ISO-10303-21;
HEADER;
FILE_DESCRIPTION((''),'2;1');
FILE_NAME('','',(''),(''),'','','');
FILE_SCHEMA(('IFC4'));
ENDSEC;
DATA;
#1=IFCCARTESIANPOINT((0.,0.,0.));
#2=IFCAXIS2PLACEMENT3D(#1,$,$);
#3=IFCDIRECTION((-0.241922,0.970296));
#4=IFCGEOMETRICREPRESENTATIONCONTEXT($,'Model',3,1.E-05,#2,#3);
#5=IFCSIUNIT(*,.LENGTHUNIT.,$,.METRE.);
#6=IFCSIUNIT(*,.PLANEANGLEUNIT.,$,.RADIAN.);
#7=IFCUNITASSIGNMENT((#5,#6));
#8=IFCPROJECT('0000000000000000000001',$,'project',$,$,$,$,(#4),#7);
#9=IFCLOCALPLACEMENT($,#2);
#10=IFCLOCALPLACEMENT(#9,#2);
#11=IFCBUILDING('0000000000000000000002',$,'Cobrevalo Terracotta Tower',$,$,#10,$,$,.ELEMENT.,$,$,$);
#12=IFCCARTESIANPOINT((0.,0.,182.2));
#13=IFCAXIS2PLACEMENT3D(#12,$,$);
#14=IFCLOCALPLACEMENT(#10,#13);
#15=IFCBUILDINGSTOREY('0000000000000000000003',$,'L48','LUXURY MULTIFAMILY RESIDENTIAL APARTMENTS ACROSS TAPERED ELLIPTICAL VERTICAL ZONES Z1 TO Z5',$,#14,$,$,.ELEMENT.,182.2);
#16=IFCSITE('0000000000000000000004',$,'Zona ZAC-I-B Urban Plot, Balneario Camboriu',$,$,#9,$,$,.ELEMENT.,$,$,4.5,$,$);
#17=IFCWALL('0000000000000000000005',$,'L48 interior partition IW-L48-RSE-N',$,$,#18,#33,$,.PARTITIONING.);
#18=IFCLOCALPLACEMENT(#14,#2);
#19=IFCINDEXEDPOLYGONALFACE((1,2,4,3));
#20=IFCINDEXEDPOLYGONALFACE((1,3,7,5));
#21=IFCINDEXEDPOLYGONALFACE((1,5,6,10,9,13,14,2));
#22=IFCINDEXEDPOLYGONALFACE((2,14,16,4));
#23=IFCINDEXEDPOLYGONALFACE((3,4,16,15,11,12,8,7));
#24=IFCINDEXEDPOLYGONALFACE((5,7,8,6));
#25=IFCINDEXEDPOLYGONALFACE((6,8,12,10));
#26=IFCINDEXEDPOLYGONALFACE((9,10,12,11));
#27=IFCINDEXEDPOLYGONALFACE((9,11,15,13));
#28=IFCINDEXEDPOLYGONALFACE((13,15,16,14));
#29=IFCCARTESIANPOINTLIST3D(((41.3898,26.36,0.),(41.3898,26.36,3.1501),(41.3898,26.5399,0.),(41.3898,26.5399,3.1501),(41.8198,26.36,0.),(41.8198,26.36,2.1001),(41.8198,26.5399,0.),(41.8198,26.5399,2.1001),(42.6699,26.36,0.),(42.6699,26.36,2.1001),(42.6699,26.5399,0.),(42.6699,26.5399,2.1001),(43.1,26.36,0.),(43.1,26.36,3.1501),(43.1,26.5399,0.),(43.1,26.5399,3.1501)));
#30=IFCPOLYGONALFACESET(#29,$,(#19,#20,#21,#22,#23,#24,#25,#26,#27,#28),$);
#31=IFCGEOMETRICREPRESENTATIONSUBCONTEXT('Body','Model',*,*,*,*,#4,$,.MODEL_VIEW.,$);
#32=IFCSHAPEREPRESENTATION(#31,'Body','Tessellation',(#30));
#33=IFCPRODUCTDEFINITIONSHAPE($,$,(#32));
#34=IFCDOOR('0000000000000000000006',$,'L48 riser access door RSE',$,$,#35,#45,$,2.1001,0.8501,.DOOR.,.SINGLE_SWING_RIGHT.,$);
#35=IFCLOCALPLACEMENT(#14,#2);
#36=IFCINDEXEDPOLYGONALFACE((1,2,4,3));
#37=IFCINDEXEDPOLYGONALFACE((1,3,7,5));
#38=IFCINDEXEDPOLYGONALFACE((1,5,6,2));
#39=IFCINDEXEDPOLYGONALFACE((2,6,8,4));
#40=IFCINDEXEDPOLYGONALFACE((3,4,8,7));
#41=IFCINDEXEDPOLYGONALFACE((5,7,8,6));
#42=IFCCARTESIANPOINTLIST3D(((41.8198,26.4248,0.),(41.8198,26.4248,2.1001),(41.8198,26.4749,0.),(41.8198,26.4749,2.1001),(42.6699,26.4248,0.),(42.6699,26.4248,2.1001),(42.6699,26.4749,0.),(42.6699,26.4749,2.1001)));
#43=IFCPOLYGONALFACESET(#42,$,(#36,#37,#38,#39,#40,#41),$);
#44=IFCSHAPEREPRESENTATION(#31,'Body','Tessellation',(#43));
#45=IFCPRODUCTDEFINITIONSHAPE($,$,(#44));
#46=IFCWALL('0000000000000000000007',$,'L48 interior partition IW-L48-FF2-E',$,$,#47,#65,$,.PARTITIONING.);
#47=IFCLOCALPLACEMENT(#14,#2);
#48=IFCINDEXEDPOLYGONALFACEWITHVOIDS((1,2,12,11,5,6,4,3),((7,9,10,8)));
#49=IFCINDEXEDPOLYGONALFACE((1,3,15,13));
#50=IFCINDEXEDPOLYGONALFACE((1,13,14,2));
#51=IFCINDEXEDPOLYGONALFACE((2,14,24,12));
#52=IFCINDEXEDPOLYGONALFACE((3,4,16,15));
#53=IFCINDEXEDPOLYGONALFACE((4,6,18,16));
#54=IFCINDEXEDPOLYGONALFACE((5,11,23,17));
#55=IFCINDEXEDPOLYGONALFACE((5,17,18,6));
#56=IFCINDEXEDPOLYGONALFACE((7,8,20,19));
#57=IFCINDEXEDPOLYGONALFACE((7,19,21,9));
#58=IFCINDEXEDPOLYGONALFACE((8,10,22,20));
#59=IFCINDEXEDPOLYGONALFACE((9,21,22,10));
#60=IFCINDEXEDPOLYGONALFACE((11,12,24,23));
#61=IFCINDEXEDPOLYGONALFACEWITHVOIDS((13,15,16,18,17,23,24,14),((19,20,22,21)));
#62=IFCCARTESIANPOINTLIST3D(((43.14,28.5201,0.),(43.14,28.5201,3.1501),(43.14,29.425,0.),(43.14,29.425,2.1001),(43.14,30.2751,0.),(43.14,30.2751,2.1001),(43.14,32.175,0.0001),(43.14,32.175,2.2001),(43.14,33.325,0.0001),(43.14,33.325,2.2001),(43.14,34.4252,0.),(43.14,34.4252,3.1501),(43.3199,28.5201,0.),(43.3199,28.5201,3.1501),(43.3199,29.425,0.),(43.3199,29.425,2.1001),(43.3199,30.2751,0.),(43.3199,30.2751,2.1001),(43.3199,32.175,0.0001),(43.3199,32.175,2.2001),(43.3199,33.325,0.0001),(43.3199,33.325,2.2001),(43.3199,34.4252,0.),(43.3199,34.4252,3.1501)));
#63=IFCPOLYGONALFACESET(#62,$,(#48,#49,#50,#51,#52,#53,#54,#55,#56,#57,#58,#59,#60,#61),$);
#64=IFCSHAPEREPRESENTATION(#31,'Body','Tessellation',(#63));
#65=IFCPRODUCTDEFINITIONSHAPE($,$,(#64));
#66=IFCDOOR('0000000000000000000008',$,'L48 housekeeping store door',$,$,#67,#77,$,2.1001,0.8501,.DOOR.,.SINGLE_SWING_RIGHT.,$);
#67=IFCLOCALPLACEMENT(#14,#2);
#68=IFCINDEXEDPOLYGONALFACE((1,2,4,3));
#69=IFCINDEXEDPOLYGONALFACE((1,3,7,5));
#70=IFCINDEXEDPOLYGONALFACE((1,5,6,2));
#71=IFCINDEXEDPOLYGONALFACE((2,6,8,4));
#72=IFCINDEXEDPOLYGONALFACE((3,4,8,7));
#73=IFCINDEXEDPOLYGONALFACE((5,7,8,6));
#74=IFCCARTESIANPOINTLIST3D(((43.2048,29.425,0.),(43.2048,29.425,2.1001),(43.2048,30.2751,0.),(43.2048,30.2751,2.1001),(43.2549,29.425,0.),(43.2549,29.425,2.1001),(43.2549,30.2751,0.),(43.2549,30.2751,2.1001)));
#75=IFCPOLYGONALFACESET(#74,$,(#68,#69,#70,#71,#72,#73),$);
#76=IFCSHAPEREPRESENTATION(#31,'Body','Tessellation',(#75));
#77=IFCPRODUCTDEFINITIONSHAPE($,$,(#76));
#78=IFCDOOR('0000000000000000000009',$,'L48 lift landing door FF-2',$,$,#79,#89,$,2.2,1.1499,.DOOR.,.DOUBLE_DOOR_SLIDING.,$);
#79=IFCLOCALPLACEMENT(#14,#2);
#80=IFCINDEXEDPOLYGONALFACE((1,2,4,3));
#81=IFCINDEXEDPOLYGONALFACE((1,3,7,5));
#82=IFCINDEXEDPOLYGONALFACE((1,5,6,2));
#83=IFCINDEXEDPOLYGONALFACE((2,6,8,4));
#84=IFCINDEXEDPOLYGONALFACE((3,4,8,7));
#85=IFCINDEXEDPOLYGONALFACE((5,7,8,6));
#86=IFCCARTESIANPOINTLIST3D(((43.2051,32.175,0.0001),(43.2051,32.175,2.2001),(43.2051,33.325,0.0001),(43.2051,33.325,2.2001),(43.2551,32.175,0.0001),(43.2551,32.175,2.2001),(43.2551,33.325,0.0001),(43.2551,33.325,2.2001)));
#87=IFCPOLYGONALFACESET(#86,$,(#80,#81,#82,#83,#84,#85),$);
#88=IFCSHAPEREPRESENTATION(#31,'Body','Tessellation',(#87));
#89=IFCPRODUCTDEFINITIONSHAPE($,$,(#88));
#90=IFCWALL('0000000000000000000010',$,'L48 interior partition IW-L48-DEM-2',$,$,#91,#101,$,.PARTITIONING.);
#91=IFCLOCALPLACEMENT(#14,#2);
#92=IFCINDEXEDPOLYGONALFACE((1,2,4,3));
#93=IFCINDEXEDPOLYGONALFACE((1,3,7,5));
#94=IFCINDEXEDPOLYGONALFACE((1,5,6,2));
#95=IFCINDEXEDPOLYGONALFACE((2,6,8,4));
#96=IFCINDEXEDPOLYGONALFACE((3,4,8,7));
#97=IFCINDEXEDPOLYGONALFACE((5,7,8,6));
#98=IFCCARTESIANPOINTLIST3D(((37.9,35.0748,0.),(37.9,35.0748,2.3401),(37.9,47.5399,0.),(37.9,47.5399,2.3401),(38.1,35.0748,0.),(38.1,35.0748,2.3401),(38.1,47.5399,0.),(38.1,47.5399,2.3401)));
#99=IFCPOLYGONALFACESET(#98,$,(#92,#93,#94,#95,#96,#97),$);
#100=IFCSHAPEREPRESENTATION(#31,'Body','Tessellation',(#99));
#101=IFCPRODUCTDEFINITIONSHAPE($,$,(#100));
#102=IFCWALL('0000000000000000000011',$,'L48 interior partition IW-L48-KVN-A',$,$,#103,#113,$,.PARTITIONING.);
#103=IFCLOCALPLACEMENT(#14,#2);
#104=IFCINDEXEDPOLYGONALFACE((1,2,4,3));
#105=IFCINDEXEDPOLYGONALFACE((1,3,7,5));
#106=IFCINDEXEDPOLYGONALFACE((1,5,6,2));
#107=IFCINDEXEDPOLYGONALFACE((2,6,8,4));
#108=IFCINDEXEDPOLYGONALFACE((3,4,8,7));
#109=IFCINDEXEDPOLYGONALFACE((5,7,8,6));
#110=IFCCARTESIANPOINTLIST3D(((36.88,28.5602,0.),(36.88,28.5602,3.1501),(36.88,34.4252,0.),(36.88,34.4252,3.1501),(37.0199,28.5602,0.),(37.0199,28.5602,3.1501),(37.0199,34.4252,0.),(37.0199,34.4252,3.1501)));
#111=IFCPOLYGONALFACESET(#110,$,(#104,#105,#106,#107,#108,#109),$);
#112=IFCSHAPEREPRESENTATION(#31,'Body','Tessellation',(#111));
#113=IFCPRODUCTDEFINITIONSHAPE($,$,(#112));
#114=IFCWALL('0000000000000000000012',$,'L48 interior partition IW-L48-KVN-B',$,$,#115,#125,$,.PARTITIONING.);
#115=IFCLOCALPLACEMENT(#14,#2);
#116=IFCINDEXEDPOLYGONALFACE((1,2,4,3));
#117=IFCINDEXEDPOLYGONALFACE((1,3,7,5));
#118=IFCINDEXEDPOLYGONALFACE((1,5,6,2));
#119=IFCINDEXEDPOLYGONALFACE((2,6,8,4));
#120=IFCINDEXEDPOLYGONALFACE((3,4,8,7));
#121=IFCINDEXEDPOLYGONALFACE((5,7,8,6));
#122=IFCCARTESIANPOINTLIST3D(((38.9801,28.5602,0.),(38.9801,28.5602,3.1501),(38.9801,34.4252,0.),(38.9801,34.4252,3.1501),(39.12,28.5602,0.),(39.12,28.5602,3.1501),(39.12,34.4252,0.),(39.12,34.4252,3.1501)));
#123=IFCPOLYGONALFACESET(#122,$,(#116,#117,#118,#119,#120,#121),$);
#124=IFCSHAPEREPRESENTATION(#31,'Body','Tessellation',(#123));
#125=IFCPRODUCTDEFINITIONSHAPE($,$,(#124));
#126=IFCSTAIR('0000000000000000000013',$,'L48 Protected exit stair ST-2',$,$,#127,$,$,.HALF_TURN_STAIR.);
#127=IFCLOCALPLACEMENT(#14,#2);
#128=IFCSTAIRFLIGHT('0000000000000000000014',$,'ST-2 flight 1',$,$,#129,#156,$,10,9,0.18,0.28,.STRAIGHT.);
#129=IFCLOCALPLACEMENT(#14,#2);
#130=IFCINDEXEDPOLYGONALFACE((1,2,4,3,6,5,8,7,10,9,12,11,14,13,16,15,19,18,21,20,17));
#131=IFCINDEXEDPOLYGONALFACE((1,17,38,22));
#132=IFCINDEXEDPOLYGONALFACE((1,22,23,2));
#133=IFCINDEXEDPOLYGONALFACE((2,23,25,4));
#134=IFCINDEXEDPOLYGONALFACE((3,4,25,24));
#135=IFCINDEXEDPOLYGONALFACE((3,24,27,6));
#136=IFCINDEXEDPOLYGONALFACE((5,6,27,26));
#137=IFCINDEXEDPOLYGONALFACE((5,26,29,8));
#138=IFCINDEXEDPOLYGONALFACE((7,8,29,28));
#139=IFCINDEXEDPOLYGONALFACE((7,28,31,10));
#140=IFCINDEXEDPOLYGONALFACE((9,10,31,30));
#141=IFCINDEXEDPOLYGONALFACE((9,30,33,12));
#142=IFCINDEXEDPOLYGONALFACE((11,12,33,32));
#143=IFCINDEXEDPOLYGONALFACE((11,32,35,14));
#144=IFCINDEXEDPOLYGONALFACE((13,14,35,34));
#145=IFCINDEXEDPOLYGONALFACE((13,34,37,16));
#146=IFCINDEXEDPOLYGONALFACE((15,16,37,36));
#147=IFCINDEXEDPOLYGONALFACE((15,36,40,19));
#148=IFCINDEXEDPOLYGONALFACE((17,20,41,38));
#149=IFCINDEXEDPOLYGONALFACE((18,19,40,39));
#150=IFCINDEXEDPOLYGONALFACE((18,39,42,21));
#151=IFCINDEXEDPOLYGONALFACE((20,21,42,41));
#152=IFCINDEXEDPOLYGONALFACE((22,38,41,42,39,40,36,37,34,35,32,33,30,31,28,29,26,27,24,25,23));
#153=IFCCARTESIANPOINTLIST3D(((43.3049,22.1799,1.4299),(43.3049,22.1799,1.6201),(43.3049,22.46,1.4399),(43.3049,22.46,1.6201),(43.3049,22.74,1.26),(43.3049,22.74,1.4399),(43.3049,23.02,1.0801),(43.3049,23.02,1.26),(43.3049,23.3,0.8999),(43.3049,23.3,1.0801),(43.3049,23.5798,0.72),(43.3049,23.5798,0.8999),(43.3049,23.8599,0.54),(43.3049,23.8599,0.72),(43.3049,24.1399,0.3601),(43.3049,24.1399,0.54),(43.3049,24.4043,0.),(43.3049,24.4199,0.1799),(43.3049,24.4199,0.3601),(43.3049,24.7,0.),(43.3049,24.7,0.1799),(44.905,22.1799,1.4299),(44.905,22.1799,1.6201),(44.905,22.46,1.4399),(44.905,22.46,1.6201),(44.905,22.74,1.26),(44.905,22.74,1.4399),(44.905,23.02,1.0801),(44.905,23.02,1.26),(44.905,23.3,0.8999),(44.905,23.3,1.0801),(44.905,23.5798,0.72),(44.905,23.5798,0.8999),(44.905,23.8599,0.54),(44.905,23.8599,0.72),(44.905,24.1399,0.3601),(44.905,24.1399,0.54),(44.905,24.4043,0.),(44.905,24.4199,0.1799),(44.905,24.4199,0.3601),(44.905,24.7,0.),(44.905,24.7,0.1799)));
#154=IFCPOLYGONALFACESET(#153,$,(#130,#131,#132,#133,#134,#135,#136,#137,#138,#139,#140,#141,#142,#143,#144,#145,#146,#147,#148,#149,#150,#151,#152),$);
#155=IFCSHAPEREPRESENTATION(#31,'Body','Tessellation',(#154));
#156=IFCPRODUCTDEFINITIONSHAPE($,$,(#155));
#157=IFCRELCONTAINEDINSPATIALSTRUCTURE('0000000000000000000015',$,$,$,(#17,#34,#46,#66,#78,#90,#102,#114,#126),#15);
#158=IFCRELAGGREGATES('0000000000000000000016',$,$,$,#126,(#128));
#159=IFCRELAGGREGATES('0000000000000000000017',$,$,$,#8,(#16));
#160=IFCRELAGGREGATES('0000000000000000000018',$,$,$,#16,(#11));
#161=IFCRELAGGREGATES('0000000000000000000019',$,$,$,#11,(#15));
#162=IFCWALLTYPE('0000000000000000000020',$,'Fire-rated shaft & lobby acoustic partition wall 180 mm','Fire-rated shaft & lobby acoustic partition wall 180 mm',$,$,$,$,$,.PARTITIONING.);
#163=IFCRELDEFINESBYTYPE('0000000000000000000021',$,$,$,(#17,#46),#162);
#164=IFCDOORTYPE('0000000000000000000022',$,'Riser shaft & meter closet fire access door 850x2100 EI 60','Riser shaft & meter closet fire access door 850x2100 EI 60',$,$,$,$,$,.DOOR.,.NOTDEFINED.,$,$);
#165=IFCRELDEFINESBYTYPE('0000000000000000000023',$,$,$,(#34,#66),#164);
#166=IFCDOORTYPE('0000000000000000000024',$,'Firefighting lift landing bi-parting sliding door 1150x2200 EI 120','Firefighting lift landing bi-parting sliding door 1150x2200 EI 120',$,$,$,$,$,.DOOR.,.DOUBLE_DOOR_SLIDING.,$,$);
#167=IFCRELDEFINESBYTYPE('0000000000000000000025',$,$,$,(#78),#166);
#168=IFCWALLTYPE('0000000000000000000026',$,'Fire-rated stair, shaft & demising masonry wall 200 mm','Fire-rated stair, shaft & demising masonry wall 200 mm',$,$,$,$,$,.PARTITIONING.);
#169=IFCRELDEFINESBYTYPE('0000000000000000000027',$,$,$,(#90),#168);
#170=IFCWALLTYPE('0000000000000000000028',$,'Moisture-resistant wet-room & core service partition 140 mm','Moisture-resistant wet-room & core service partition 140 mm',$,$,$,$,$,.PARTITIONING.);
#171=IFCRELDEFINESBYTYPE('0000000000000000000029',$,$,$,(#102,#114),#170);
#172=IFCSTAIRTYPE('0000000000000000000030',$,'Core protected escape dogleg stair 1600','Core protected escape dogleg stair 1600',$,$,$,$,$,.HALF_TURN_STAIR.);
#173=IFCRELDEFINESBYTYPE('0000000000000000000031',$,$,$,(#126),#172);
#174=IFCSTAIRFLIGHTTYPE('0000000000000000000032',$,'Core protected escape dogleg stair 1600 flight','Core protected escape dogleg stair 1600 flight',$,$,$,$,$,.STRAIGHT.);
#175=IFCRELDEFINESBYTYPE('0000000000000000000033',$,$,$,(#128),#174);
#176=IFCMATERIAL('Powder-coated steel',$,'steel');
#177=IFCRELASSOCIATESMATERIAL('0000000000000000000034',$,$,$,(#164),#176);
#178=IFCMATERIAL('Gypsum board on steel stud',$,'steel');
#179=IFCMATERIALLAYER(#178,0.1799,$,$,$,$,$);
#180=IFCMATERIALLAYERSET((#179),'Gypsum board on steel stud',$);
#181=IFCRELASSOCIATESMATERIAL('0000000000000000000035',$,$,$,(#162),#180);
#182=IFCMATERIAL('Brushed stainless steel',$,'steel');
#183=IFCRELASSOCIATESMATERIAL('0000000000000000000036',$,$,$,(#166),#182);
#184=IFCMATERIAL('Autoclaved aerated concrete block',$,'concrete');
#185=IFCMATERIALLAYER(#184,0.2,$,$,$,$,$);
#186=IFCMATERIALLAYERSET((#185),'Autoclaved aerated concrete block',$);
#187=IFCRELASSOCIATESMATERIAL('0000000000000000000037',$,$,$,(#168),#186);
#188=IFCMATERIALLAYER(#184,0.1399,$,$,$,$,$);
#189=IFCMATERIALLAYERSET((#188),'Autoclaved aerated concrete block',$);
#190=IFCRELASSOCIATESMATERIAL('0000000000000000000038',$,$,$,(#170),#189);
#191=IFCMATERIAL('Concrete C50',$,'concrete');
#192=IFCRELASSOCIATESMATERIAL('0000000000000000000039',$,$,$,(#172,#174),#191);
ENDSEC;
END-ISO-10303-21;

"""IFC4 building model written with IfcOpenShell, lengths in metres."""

from ifc_helpers import new_model, si_unit, direction, frame, frame_2d, origin, place, context, subcontext, project, spatial, polyline, rectangle, outline, extrude, source, transform, mapped, material, layer, layer_set, type_object, element, fill, aggregate, save


model = new_model("IFC4")

# Units and contexts
model_context = context("Model", 3, precision=1e-05, world=origin(), true_north=direction((-0.241922, 0.970296)))
body_context = subcontext(model_context, "Body", "Model", "MODEL_VIEW")
ifc_project = project(units=[si_unit("LENGTHUNIT", "METRE"), si_unit("PLANEANGLEUNIT", "RADIAN")], contexts=[model_context])

# Site, building, storey
site_placement = place(None, origin())
site = spatial("IfcSite", under=ifc_project, at=site_placement, Name="Zona ZAC-I-B Urban Plot, Balneario Camboriu", CompositionType="ELEMENT", RefElevation=4.5)
building_placement = place(site_placement, origin())
building = spatial("IfcBuilding", under=site, at=building_placement, Name="Cobrevalo Terracotta Tower", CompositionType="ELEMENT")
storey_placement = place(building_placement, frame((0.0, 0.0, 182.2)))
storey = spatial("IfcBuildingStorey", under=building, at=storey_placement, Name="L48", Description="LUXURY MULTIFAMILY RESIDENTIAL APARTMENTS ACROSS TAPERED ELLIPTICAL VERTICAL ZONES Z1 TO Z5", CompositionType="ELEMENT", Elevation=182.2)

# Shared definitions
ifc_material_1 = material(Name="Gypsum board on steel stud", Category="steel")

# Shared definitions
ifc_material_2 = material(Name="Powder-coated steel", Category="steel")
door_type_1 = type_object("IfcDoorType", Name="Riser shaft & meter closet fire access door 850x2100 EI 60", Description="Riser shaft & meter closet fire access door 850x2100 EI 60", OperationType="NOTDEFINED", PredefinedType="DOOR", material=ifc_material_2)
shared_shape_1 = source(origin(), body_context, "Body", "SweptSolid", [
    extrude(rectangle(XDim=0.8501, YDim=2.1001, at=frame_2d((0.425, 1.05))), frame((0.0, 0.0249, 0.0), z_axis=(0.0, -1.0, 0.0), x_axis=(1.0, 0.0, 0.0)), (0.0, 0.0, 1.0), 0.05),
])
ifc_material_3 = material(Name="Brushed stainless steel", Category="steel")

# Wall, opening, door
ifc_layer_1 = layer(ifc_material_1, 0.1799)
ifc_layer_set_1 = layer_set([ifc_layer_1], Name="Gypsum board on steel stud")
wall_type_1 = type_object("IfcWallType", Name="Fire-rated shaft & lobby acoustic partition wall 180 mm", Description="Fire-rated shaft & lobby acoustic partition wall 180 mm", PredefinedType="PARTITIONING", material=ifc_layer_set_1)
wall_1_placement = place(storey_placement, frame((41.3899, 26.45, 0.0), z_axis=(0.0, 0.0, 1.0), x_axis=(1.0, 0.0, 0.0)))
wall_1 = element("IfcWall", 1, at=wall_1_placement, inside=storey, type_object=wall_type_1, Name="L48 interior partition IW-L48-RSE-N", PredefinedType="PARTITIONING", context=body_context, shape_type="SweptSolid", body=[
    extrude(rectangle(XDim=1.7102, YDim=0.1799, at=frame_2d((0.855, 0.0))), origin(), (0.0, 0.0, 1.0), 3.1501),
])
opening_1_placement = place(wall_1_placement, frame((0.4299, 0.0, 0.0)))
opening_1 = element("IfcOpeningElement", 2, at=opening_1_placement, cuts=wall_1, PredefinedType="OPENING", context=body_context, shape_type="SweptSolid", body=[
    extrude(rectangle(XDim=0.8501, YDim=2.1001, at=frame_2d((0.425, 1.05))), frame((0.0, 0.1001, 0.0), z_axis=(0.0, -1.0, 0.0), x_axis=(1.0, 0.0, 0.0)), (0.0, 0.0, 1.0), 0.2),
])
door_1_placement = place(opening_1_placement, origin())
door_1 = element("IfcDoor", 3, at=door_1_placement, inside=storey, type_object=door_type_1, Name="L48 riser access door RSE", OperationType="SINGLE_SWING_RIGHT", OverallHeight=2.1001, OverallWidth=0.8501, PredefinedType="DOOR", context=body_context, shape_type="MappedRepresentation", body=[
    mapped(shared_shape_1, transform((0.0, 0.0, 0.0), scale=1.0)),
])
fill(opening_1, door_1)

# Wall, openings, doors
wall_2_placement = place(storey_placement, frame((43.23, 28.52, 0.0), z_axis=(0.0, 0.0, 1.0), x_axis=(0.0, 1.0, 0.0)))
wall_2 = element("IfcWall", 4, at=wall_2_placement, inside=storey, type_object=wall_type_1, Name="L48 interior partition IW-L48-FF2-E", PredefinedType="PARTITIONING", context=body_context, shape_type="SweptSolid", body=[
    extrude(rectangle(XDim=5.905, YDim=0.1799, at=frame_2d((2.9526, 0.0))), origin(), (0.0, 0.0, 1.0), 3.1501),
])
opening_2_placement = place(wall_2_placement, frame((0.905, 0.0, 0.0)))
opening_2 = element("IfcOpeningElement", 5, at=opening_2_placement, cuts=wall_2, PredefinedType="OPENING", context=body_context, shape_type="SweptSolid", body=[
    extrude(rectangle(XDim=0.8501, YDim=2.1001, at=frame_2d((0.425, 1.05))), frame((0.0, 0.1001, 0.0), z_axis=(0.0, -1.0, 0.0), x_axis=(1.0, 0.0, 0.0)), (0.0, 0.0, 1.0), 0.2),
])
opening_3_placement = place(wall_2_placement, frame((3.655, 0.0, 0.0)))
opening_3 = element("IfcOpeningElement", 6, at=opening_3_placement, cuts=wall_2, PredefinedType="OPENING", context=body_context, shape_type="SweptSolid", body=[
    extrude(rectangle(XDim=1.1499, YDim=2.2, at=frame_2d((0.575, 1.1001))), frame((0.0, 0.1001, 0.0), z_axis=(0.0, -1.0, 0.0), x_axis=(1.0, 0.0, 0.0)), (0.0, 0.0, 1.0), 0.2),
])
door_2_placement = place(opening_2_placement, frame((0.8501, 0.0, 0.0), z_axis=(0.0, 0.0, 1.0), x_axis=(-1.0, 0.0, 0.0)))
door_2 = element("IfcDoor", 7, at=door_2_placement, inside=storey, type_object=door_type_1, Name="L48 housekeeping store door", OperationType="SINGLE_SWING_RIGHT", OverallHeight=2.1001, OverallWidth=0.8501, PredefinedType="DOOR", context=body_context, shape_type="MappedRepresentation", body=[
    mapped(shared_shape_1, transform((0.0, 0.0, 0.0), scale=1.0)),
])
fill(opening_2, door_2)
door_type_2 = type_object("IfcDoorType", Name="Firefighting lift landing bi-parting sliding door 1150x2200 EI 120", Description="Firefighting lift landing bi-parting sliding door 1150x2200 EI 120", OperationType="DOUBLE_DOOR_SLIDING", PredefinedType="DOOR", material=ifc_material_3)
shared_shape_2 = source(origin(), body_context, "Body", "SweptSolid", [
    extrude(rectangle(XDim=1.1499, YDim=2.2, at=frame_2d((0.575, 1.1001))), frame((0.0, 0.0249, 0.0), z_axis=(0.0, -1.0, 0.0), x_axis=(1.0, 0.0, 0.0)), (0.0, 0.0, 1.0), 0.05),
])
door_3_placement = place(opening_3_placement, origin())
door_3 = element("IfcDoor", 8, at=door_3_placement, inside=storey, type_object=door_type_2, Name="L48 lift landing door FF-2", OperationType="DOUBLE_DOOR_SLIDING", OverallHeight=2.2, OverallWidth=1.1499, PredefinedType="DOOR", context=body_context, shape_type="MappedRepresentation", body=[
    mapped(shared_shape_2, transform((0.0, 0.0, 0.0), scale=1.0)),
])
fill(opening_3, door_3)

# Walls
ifc_material_4 = material(Name="Autoclaved aerated concrete block", Category="concrete")
ifc_layer_2 = layer(ifc_material_4, 0.2)
ifc_layer_set_2 = layer_set([ifc_layer_2], Name="Autoclaved aerated concrete block")
wall_type_2 = type_object("IfcWallType", Name="Fire-rated stair, shaft & demising masonry wall 200 mm", Description="Fire-rated stair, shaft & demising masonry wall 200 mm", PredefinedType="PARTITIONING", material=ifc_layer_set_2)
wall_3_placement = place(storey_placement, frame((38.0, 35.075, 0.0), z_axis=(0.0, 0.0, 1.0), x_axis=(0.0, 1.0, 0.0)))
element("IfcWall", 9, at=wall_3_placement, inside=storey, type_object=wall_type_2, Name="L48 interior partition IW-L48-DEM-2", PredefinedType="PARTITIONING", context=body_context, shape_type="SweptSolid", body=[
    extrude(rectangle(XDim=12.4651, YDim=0.2, at=frame_2d((6.2324, 0.0))), origin(), (0.0, 0.0, 1.0), 2.3401),
])
ifc_layer_3 = layer(ifc_material_4, 0.1399)
ifc_layer_set_3 = layer_set([ifc_layer_3], Name="Autoclaved aerated concrete block")
wall_type_3 = type_object("IfcWallType", Name="Moisture-resistant wet-room & core service partition 140 mm", Description="Moisture-resistant wet-room & core service partition 140 mm", PredefinedType="PARTITIONING", material=ifc_layer_set_3)
for number, where, z_axis, x_axis, name in (
    (10, (36.95, 28.5601, 0.0), (0.0, 0.0, 1.0), (0.0, 1.0, 0.0), "L48 interior partition IW-L48-KVN-A"),
    (11, (39.05, 28.5601, 0.0), (0.0, 0.0, 1.0), (0.0, 1.0, 0.0), "L48 interior partition IW-L48-KVN-B"),
):
    element("IfcWall", number, at=place(storey_placement, frame(where, z_axis=z_axis, x_axis=x_axis)), inside=storey, type_object=wall_type_3, Name=name, PredefinedType="PARTITIONING", context=body_context, shape_type="SweptSolid", body=[
        extrude(rectangle(XDim=5.865, YDim=0.1399, at=frame_2d((2.9326, 0.0))), origin(), (0.0, 0.0, 1.0), 3.1501),
    ])

# Shared definitions
ifc_material_5 = material(Name="Concrete C50", Category="concrete")

# Stair, stair flight
stair_type = type_object("IfcStairType", Name="Core protected escape dogleg stair 1600", Description="Core protected escape dogleg stair 1600", PredefinedType="HALF_TURN_STAIR", material=ifc_material_5)
stair_placement = place(storey_placement, origin())
stair = element("IfcStair", 12, at=stair_placement, inside=storey, type_object=stair_type, Name="L48 Protected exit stair ST-2", PredefinedType="HALF_TURN_STAIR")
stair_flight_type = type_object("IfcStairFlightType", Name="Core protected escape dogleg stair 1600 flight", Description="Core protected escape dogleg stair 1600 flight", PredefinedType="STRAIGHT", material=ifc_material_5)
stair_flight_placement = place(storey_placement, frame((44.105, 24.7, 0.0), z_axis=(0.0, 0.0, 1.0), x_axis=(0.0, -1.0, 0.0)))
stair_flight = element("IfcStairFlight", 13, at=stair_flight_placement, type_object=stair_flight_type, Name="ST-2 flight 1", NumberOfRisers=10, NumberOfTreads=9, PredefinedType="STRAIGHT", RiserHeight=0.18, TreadLength=0.28, context=body_context, shape_type="SweptSolid", body=[
    extrude(outline(polyline([(0.0, 0.0), (0.0, 0.1799), (0.28, 0.1799), (0.28, 0.3601), (0.5601, 0.3601), (0.5601, 0.54), (0.8401, 0.54), (0.8401, 0.72), (1.1201, 0.72), (1.1201, 0.8999), (1.3999, 0.8999), (1.3999, 1.0801), (1.6799, 1.0801), (1.6799, 1.26), (1.96, 1.26), (1.96, 1.4399), (2.24, 1.4399), (2.24, 1.6201), (2.52, 1.6201), (2.52, 1.8), (2.52, 1.4299), (0.2957, 0.0), (0.0, 0.0)])), frame((0.0, 0.8, 0.0), z_axis=(0.0, -1.0, 0.0), x_axis=(1.0, 0.0, 0.0)), (0.0, 0.0, 1.0), 1.6001),
])
aggregate(stair, [stair_flight])

save(model, "model.ifc")
